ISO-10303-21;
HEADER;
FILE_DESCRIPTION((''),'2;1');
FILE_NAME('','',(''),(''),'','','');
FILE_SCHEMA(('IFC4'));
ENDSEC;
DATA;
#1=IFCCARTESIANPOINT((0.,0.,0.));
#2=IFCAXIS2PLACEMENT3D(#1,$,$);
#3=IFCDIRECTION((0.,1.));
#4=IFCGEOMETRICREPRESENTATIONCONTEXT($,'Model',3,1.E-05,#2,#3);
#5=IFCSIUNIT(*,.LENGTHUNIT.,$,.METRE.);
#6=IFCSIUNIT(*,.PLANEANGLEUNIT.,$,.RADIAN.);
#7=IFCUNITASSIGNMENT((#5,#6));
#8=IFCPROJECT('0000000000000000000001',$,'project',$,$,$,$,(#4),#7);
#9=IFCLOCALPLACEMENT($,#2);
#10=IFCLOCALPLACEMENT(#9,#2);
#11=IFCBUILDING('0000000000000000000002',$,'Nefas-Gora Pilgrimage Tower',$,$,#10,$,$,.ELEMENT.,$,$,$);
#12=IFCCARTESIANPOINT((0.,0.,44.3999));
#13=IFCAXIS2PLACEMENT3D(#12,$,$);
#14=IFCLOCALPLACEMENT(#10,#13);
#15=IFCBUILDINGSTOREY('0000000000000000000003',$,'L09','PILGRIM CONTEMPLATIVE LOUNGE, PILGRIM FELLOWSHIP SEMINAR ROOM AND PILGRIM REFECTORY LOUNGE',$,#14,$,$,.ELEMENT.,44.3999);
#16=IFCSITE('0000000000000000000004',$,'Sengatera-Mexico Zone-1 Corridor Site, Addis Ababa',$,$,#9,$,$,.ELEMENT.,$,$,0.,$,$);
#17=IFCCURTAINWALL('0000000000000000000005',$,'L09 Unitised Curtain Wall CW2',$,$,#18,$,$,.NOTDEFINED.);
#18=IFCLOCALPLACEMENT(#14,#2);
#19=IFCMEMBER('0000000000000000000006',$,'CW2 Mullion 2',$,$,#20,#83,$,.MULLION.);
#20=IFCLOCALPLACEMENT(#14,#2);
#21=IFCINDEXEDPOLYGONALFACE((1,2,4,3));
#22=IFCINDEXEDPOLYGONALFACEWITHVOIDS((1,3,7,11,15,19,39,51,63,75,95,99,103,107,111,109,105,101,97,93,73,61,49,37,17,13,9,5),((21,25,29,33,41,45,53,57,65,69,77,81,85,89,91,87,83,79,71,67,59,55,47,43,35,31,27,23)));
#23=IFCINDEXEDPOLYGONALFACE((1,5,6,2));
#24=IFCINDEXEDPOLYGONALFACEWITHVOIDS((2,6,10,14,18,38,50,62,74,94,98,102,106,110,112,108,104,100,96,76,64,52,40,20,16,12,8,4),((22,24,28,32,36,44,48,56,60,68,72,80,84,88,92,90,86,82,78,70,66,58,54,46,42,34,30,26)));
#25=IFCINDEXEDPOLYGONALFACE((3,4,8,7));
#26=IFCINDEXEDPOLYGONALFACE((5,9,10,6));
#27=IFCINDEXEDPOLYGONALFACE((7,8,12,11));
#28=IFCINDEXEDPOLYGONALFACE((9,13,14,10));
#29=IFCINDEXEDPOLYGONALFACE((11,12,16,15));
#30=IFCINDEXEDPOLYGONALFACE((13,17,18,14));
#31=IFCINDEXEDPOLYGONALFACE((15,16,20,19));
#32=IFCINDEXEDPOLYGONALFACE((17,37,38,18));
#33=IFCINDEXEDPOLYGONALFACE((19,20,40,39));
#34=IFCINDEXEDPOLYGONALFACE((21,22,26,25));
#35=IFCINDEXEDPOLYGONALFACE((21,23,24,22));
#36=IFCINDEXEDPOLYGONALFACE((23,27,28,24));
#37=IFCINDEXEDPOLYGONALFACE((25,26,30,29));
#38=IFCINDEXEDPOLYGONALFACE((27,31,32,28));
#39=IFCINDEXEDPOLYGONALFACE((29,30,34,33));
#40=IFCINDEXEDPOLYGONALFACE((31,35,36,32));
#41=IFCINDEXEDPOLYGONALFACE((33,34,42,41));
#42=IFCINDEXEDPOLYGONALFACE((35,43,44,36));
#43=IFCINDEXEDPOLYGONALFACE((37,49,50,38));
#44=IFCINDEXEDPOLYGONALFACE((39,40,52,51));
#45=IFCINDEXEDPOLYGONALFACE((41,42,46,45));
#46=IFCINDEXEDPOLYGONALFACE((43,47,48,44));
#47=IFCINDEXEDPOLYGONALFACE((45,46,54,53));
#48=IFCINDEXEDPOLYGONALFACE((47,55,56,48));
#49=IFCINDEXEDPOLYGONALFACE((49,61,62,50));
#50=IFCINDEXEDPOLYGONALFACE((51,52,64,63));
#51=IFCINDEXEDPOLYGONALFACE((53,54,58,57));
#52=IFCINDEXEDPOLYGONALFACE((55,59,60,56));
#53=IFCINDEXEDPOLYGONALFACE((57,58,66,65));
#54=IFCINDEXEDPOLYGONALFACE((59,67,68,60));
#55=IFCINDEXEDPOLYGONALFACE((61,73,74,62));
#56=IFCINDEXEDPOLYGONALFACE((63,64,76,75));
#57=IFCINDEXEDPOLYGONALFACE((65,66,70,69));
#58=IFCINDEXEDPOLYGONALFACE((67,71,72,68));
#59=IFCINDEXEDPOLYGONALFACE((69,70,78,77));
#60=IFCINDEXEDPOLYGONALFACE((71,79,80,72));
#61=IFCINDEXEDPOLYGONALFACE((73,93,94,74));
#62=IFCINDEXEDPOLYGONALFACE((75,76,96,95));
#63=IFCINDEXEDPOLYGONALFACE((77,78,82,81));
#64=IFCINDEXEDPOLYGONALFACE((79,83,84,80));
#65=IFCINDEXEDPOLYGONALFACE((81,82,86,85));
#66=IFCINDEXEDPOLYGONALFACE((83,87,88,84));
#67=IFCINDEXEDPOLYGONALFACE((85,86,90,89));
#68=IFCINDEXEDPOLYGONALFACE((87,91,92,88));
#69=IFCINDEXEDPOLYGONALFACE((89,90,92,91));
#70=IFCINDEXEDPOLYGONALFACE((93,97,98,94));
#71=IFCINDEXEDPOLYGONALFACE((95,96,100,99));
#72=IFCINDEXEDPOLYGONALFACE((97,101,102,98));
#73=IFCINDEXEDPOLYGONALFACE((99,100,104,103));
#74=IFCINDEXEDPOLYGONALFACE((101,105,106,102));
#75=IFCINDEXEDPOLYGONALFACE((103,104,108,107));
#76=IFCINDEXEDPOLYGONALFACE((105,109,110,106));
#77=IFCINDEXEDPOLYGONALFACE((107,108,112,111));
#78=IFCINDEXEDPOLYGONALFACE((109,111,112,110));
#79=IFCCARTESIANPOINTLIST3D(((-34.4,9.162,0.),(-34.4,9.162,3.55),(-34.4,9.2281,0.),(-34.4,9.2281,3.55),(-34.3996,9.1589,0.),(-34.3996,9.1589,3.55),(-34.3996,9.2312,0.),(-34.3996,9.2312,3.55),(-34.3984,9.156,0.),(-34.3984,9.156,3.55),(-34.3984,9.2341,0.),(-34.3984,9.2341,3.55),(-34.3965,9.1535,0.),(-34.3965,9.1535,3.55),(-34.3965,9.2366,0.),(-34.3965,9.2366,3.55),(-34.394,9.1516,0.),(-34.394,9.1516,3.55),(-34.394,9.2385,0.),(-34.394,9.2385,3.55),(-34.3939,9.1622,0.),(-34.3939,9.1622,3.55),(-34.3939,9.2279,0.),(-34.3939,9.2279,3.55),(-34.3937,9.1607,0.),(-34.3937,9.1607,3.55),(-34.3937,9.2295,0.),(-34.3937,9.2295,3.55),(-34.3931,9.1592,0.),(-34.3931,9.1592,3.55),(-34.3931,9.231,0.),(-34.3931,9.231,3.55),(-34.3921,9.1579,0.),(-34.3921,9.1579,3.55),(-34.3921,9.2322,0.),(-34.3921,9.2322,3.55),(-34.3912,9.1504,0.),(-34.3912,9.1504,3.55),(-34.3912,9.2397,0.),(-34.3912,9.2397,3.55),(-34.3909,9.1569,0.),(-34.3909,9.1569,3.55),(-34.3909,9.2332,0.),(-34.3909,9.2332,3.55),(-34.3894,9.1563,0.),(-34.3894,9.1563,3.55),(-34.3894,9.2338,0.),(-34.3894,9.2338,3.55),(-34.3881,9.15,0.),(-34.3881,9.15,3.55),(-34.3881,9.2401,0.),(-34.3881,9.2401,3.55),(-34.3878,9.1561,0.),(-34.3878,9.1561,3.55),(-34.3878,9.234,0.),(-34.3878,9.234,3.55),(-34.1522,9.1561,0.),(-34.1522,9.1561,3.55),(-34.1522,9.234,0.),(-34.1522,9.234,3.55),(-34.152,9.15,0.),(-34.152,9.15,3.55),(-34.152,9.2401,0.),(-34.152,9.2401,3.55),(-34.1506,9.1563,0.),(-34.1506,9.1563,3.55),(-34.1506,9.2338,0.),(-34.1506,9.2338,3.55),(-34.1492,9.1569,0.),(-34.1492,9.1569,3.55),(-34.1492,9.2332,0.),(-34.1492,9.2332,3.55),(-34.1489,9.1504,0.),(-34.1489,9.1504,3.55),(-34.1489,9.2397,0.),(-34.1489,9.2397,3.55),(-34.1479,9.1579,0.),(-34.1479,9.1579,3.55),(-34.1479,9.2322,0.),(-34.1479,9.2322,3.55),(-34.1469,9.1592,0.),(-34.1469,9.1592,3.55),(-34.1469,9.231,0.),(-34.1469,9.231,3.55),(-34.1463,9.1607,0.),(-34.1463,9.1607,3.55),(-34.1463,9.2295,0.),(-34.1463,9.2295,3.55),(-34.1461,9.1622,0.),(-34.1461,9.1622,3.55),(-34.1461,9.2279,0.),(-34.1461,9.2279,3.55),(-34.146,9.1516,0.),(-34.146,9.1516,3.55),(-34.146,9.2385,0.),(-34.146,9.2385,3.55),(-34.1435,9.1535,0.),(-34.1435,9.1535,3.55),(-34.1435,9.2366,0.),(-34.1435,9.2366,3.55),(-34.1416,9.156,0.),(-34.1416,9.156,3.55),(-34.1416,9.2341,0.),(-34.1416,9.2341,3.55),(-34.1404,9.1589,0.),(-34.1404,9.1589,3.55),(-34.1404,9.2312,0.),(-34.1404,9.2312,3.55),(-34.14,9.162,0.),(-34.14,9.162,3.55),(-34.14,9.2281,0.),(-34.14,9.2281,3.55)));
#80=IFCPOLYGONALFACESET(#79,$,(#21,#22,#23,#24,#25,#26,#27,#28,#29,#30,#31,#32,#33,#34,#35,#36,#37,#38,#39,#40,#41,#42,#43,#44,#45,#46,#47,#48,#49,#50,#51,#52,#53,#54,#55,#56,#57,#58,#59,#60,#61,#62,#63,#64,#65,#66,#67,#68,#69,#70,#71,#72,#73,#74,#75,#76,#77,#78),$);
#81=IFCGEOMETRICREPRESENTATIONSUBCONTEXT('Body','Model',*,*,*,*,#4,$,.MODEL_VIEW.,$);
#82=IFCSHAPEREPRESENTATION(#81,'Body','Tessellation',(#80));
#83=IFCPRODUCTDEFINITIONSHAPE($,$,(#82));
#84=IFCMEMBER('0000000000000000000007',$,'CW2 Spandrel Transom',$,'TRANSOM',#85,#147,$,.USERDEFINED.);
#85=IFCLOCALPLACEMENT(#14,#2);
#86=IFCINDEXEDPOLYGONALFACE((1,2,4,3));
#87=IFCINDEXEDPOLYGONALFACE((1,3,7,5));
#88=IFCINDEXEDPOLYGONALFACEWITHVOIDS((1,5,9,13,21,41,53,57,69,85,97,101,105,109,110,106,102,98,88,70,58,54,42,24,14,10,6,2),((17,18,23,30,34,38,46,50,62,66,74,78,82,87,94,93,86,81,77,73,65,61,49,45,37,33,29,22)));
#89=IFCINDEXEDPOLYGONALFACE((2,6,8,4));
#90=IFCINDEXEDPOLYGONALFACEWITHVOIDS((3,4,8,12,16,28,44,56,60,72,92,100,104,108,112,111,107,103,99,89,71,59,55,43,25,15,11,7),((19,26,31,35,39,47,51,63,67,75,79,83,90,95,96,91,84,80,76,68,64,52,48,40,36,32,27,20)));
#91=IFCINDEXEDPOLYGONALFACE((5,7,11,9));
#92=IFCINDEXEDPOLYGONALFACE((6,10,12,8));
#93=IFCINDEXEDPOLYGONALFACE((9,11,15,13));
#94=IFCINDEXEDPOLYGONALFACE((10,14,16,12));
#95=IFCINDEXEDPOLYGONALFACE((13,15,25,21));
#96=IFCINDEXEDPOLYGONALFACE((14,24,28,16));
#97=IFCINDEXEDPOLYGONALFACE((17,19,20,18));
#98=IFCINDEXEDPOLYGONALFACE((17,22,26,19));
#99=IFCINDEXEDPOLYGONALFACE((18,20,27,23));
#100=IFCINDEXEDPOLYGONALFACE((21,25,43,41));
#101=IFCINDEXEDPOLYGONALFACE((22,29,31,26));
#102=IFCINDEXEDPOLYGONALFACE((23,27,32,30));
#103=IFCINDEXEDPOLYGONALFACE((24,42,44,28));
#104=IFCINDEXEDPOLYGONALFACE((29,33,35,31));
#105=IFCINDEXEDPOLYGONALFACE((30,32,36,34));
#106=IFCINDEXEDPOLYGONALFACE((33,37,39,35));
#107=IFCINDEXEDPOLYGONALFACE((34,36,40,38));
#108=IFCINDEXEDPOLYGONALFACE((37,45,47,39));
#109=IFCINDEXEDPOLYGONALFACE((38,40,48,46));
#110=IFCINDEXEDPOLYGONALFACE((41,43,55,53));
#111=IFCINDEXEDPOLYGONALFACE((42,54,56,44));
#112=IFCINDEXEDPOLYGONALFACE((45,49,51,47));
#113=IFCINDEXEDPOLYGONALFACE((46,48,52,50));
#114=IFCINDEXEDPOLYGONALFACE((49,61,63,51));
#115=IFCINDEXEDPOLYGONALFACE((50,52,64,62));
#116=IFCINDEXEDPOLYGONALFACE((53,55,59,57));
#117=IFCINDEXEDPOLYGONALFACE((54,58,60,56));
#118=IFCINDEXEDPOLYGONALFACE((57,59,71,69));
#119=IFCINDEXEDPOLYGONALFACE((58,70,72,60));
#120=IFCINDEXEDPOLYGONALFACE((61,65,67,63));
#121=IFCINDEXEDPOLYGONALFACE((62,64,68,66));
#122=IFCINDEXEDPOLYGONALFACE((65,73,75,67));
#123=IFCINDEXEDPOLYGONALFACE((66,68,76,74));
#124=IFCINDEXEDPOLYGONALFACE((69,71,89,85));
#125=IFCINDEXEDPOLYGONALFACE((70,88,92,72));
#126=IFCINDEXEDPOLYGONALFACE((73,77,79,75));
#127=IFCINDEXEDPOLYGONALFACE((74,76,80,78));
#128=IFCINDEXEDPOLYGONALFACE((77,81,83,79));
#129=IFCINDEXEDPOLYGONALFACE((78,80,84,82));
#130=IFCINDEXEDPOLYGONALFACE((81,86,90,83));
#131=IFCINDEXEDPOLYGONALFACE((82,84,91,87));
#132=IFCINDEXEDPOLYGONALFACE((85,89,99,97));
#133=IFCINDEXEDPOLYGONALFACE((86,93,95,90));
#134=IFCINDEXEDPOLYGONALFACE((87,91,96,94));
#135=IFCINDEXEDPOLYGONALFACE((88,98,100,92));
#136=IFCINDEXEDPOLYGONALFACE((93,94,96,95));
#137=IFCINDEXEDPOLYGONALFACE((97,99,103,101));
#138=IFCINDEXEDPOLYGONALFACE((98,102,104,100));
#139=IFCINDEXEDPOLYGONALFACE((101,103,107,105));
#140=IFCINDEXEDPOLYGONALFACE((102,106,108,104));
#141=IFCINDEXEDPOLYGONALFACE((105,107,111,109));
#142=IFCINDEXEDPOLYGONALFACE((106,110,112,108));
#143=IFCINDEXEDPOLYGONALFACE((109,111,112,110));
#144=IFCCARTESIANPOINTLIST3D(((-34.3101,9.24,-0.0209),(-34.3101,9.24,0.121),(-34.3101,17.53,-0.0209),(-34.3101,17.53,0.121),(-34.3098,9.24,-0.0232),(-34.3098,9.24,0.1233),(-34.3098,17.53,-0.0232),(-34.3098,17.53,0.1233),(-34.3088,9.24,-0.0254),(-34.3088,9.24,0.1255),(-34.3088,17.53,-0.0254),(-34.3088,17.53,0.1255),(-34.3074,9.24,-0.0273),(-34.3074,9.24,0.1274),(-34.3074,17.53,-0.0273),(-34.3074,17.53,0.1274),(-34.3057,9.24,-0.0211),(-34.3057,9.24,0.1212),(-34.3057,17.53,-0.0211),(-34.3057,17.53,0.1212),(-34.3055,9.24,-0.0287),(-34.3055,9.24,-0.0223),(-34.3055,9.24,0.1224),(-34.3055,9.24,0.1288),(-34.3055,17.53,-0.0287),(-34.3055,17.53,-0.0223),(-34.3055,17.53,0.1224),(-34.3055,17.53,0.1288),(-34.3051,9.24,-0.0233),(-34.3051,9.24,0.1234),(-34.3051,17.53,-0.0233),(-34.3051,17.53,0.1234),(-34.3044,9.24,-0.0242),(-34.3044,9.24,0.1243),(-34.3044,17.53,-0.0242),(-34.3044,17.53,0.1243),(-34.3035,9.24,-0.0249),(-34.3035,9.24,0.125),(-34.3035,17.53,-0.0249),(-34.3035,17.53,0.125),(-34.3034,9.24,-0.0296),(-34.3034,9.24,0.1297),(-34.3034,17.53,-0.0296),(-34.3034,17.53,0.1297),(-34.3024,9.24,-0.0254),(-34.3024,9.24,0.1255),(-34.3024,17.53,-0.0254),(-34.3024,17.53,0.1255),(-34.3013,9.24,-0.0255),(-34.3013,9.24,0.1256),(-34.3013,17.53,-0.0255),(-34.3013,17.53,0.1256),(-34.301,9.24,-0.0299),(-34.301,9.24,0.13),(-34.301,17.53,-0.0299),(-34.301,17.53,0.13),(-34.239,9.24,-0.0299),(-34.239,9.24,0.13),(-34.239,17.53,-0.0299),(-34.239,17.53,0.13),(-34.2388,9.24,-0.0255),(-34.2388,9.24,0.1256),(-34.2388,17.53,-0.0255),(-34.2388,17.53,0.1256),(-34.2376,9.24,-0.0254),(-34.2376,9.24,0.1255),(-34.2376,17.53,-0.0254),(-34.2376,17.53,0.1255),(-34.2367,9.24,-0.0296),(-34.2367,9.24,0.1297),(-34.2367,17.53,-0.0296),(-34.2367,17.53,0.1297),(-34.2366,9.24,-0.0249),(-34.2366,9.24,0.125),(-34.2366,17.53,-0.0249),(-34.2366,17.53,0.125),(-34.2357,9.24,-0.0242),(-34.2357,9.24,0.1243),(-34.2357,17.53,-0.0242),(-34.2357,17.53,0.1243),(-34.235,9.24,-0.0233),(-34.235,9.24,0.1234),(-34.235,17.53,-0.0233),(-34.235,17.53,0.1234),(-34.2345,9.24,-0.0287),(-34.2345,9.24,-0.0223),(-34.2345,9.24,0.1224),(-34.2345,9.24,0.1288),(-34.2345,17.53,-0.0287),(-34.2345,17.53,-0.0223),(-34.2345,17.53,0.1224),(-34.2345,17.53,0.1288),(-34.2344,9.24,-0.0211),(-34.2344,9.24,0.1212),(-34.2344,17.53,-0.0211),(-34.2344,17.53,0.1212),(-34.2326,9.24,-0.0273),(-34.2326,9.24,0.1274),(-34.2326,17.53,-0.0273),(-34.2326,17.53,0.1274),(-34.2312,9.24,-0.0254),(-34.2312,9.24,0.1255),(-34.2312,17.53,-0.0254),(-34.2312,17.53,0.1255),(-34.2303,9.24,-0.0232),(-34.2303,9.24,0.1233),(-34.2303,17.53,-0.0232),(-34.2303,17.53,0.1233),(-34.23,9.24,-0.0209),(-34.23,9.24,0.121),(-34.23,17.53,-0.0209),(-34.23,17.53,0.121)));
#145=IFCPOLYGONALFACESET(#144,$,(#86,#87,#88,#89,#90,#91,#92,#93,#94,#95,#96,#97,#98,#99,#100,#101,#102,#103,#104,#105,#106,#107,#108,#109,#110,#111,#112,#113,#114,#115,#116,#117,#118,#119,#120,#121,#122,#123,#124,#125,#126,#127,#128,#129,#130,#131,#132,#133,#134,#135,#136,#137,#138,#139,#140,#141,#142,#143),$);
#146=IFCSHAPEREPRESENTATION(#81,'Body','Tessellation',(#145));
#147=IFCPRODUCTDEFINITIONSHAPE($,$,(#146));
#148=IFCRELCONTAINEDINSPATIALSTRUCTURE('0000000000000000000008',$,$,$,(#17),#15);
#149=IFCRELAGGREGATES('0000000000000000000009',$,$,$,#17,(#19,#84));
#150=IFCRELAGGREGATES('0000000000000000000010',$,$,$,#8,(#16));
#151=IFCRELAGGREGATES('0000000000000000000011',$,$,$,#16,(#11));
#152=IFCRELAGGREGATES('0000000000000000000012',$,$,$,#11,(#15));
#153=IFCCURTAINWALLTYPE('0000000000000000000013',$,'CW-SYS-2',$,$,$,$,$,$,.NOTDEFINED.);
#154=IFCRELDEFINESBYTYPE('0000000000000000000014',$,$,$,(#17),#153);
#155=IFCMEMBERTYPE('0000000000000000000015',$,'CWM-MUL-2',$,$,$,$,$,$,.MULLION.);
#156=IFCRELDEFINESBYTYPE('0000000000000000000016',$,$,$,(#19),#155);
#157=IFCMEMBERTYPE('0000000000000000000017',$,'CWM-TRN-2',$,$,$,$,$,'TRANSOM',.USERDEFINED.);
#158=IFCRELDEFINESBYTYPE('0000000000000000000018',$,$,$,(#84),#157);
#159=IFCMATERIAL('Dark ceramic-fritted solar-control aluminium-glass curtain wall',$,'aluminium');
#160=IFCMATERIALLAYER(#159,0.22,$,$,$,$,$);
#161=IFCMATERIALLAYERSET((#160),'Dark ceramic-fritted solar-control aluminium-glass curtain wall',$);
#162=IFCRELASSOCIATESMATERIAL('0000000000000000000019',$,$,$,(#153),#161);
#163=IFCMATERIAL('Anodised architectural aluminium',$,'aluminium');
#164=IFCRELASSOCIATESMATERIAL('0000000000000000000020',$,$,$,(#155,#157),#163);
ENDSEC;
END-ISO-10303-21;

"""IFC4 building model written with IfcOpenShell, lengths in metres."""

from ifc_helpers import new_model, si_unit, direction, frame, origin, origin_2d, place, context, subcontext, project, spatial, hollow_rectangle, extrude, source, transform, mapped, material, layer, layer_set, material_profile, profile_set, type_object, element, aggregate, save


model = new_model("IFC4")

# Units and contexts
model_context = context("Model", 3, precision=1e-05, world=origin(), true_north=direction((0.0, 1.0)))
body_context = subcontext(model_context, "Body", "Model", "MODEL_VIEW")
ifc_project = project(units=[si_unit("LENGTHUNIT", "METRE"), si_unit("PLANEANGLEUNIT", "RADIAN")], contexts=[model_context])

# Site, building, storey
site_placement = place(None, origin())
site = spatial("IfcSite", under=ifc_project, at=site_placement, Name="Sengatera-Mexico Zone-1 Corridor Site, Addis Ababa", CompositionType="ELEMENT", RefElevation=0.0)
building_placement = place(site_placement, origin())
building = spatial("IfcBuilding", under=site, at=building_placement, Name="Nefas-Gora Pilgrimage Tower", CompositionType="ELEMENT")
storey_placement = place(building_placement, frame((0.0, 0.0, 44.3999)))
storey = spatial("IfcBuildingStorey", under=building, at=storey_placement, Name="L09", Description="PILGRIM CONTEMPLATIVE LOUNGE, PILGRIM FELLOWSHIP SEMINAR ROOM AND PILGRIM REFECTORY LOUNGE", CompositionType="ELEMENT", Elevation=44.3999)

# Shared definitions
ifc_material_1 = material(Name="Dark ceramic-fritted solar-control aluminium-glass curtain wall", Category="aluminium")
ifc_material_2 = material(Name="Anodised architectural aluminium", Category="aluminium")

# Curtain wall, members
ifc_layer_1 = layer(ifc_material_1, 0.22)
ifc_layer_set_1 = layer_set([ifc_layer_1], Name="Dark ceramic-fritted solar-control aluminium-glass curtain wall")
curtain_wall_type_1 = type_object("IfcCurtainWallType", Name="CW-SYS-2", PredefinedType="NOTDEFINED", material=ifc_layer_set_1)
ifc_material_profile_1 = material_profile(ifc_material_2, hollow_rectangle(XDim=0.0901, YDim=0.26, WallThickness=0.0061, InnerFilletRadius=0.0061, OuterFilletRadius=0.012, at=origin_2d()), Name="ALU MULLION 90x260")
ifc_profile_set_1 = profile_set([ifc_material_profile_1], Name="Anodised architectural aluminium")
member_type_1 = type_object("IfcMemberType", Name="CWM-MUL-2", PredefinedType="MULLION", material=ifc_profile_set_1)
shared_shape_1 = source(origin(), body_context, "Body", "SweptSolid", [
    extrude(hollow_rectangle(XDim=0.0901, YDim=0.26, WallThickness=0.0061, InnerFilletRadius=0.0061, OuterFilletRadius=0.012, at=origin_2d()), origin(), (0.0, 0.0, 1.0), 3.55),
])
curtain_wall_1_placement = place(storey_placement, origin())
curtain_wall_1 = element("IfcCurtainWall", 1, at=curtain_wall_1_placement, inside=storey, type_object=curtain_wall_type_1, Name="L09 Unitised Curtain Wall CW2", PredefinedType="NOTDEFINED")
member_1_placement = place(storey_placement, frame((-34.27, 9.1951, 0.0), z_axis=(0.0, 0.0, 1.0), x_axis=(0.0, -1.0, 0.0)))
member_1 = element("IfcMember", 2, at=member_1_placement, type_object=member_type_1, Name="CW2 Mullion 2", PredefinedType="MULLION", context=body_context, shape_type="MappedRepresentation", body=[
    mapped(shared_shape_1, transform((0.0, 0.0, 0.0), x_axis=(1.0, 0.0, 0.0), y_axis=(0.0, 1.0, 0.0), z_axis=(0.0, 0.0, 1.0), scale=1.0)),
])
ifc_material_profile_2 = material_profile(ifc_material_2, hollow_rectangle(XDim=0.0801, YDim=0.1599, WallThickness=0.0044, InnerFilletRadius=0.0044, OuterFilletRadius=0.009, at=origin_2d()), Name="ALU TRANSOM 80x160")
ifc_profile_set_2 = profile_set([ifc_material_profile_2], Name="Anodised architectural aluminium")
member_type_2 = type_object("IfcMemberType", Name="CWM-TRN-2", ElementType="TRANSOM", PredefinedType="USERDEFINED", material=ifc_profile_set_2)
shared_shape_2 = source(origin(), body_context, "Body", "SweptSolid", [
    extrude(hollow_rectangle(XDim=0.0801, YDim=0.1599, WallThickness=0.0044, InnerFilletRadius=0.0044, OuterFilletRadius=0.009, at=origin_2d()), origin(), (0.0, 0.0, 1.0), 8.29),
])
member_2_placement = place(storey_placement, frame((-34.27, 17.53, 0.05), z_axis=(0.0, -1.0, 0.0), x_axis=(1.0, 0.0, 0.0)))
member_2 = element("IfcMember", 3, at=member_2_placement, type_object=member_type_2, Name="CW2 Spandrel Transom", ObjectType="TRANSOM", PredefinedType="USERDEFINED", context=body_context, shape_type="MappedRepresentation", body=[
    mapped(shared_shape_2, transform((0.0, 0.0, 0.0), x_axis=(1.0, 0.0, 0.0), y_axis=(0.0, 1.0, 0.0), z_axis=(0.0, 0.0, 1.0), scale=1.0)),
])

aggregate(curtain_wall_1, [member_1, member_2])

save(model, "model.ifc")
